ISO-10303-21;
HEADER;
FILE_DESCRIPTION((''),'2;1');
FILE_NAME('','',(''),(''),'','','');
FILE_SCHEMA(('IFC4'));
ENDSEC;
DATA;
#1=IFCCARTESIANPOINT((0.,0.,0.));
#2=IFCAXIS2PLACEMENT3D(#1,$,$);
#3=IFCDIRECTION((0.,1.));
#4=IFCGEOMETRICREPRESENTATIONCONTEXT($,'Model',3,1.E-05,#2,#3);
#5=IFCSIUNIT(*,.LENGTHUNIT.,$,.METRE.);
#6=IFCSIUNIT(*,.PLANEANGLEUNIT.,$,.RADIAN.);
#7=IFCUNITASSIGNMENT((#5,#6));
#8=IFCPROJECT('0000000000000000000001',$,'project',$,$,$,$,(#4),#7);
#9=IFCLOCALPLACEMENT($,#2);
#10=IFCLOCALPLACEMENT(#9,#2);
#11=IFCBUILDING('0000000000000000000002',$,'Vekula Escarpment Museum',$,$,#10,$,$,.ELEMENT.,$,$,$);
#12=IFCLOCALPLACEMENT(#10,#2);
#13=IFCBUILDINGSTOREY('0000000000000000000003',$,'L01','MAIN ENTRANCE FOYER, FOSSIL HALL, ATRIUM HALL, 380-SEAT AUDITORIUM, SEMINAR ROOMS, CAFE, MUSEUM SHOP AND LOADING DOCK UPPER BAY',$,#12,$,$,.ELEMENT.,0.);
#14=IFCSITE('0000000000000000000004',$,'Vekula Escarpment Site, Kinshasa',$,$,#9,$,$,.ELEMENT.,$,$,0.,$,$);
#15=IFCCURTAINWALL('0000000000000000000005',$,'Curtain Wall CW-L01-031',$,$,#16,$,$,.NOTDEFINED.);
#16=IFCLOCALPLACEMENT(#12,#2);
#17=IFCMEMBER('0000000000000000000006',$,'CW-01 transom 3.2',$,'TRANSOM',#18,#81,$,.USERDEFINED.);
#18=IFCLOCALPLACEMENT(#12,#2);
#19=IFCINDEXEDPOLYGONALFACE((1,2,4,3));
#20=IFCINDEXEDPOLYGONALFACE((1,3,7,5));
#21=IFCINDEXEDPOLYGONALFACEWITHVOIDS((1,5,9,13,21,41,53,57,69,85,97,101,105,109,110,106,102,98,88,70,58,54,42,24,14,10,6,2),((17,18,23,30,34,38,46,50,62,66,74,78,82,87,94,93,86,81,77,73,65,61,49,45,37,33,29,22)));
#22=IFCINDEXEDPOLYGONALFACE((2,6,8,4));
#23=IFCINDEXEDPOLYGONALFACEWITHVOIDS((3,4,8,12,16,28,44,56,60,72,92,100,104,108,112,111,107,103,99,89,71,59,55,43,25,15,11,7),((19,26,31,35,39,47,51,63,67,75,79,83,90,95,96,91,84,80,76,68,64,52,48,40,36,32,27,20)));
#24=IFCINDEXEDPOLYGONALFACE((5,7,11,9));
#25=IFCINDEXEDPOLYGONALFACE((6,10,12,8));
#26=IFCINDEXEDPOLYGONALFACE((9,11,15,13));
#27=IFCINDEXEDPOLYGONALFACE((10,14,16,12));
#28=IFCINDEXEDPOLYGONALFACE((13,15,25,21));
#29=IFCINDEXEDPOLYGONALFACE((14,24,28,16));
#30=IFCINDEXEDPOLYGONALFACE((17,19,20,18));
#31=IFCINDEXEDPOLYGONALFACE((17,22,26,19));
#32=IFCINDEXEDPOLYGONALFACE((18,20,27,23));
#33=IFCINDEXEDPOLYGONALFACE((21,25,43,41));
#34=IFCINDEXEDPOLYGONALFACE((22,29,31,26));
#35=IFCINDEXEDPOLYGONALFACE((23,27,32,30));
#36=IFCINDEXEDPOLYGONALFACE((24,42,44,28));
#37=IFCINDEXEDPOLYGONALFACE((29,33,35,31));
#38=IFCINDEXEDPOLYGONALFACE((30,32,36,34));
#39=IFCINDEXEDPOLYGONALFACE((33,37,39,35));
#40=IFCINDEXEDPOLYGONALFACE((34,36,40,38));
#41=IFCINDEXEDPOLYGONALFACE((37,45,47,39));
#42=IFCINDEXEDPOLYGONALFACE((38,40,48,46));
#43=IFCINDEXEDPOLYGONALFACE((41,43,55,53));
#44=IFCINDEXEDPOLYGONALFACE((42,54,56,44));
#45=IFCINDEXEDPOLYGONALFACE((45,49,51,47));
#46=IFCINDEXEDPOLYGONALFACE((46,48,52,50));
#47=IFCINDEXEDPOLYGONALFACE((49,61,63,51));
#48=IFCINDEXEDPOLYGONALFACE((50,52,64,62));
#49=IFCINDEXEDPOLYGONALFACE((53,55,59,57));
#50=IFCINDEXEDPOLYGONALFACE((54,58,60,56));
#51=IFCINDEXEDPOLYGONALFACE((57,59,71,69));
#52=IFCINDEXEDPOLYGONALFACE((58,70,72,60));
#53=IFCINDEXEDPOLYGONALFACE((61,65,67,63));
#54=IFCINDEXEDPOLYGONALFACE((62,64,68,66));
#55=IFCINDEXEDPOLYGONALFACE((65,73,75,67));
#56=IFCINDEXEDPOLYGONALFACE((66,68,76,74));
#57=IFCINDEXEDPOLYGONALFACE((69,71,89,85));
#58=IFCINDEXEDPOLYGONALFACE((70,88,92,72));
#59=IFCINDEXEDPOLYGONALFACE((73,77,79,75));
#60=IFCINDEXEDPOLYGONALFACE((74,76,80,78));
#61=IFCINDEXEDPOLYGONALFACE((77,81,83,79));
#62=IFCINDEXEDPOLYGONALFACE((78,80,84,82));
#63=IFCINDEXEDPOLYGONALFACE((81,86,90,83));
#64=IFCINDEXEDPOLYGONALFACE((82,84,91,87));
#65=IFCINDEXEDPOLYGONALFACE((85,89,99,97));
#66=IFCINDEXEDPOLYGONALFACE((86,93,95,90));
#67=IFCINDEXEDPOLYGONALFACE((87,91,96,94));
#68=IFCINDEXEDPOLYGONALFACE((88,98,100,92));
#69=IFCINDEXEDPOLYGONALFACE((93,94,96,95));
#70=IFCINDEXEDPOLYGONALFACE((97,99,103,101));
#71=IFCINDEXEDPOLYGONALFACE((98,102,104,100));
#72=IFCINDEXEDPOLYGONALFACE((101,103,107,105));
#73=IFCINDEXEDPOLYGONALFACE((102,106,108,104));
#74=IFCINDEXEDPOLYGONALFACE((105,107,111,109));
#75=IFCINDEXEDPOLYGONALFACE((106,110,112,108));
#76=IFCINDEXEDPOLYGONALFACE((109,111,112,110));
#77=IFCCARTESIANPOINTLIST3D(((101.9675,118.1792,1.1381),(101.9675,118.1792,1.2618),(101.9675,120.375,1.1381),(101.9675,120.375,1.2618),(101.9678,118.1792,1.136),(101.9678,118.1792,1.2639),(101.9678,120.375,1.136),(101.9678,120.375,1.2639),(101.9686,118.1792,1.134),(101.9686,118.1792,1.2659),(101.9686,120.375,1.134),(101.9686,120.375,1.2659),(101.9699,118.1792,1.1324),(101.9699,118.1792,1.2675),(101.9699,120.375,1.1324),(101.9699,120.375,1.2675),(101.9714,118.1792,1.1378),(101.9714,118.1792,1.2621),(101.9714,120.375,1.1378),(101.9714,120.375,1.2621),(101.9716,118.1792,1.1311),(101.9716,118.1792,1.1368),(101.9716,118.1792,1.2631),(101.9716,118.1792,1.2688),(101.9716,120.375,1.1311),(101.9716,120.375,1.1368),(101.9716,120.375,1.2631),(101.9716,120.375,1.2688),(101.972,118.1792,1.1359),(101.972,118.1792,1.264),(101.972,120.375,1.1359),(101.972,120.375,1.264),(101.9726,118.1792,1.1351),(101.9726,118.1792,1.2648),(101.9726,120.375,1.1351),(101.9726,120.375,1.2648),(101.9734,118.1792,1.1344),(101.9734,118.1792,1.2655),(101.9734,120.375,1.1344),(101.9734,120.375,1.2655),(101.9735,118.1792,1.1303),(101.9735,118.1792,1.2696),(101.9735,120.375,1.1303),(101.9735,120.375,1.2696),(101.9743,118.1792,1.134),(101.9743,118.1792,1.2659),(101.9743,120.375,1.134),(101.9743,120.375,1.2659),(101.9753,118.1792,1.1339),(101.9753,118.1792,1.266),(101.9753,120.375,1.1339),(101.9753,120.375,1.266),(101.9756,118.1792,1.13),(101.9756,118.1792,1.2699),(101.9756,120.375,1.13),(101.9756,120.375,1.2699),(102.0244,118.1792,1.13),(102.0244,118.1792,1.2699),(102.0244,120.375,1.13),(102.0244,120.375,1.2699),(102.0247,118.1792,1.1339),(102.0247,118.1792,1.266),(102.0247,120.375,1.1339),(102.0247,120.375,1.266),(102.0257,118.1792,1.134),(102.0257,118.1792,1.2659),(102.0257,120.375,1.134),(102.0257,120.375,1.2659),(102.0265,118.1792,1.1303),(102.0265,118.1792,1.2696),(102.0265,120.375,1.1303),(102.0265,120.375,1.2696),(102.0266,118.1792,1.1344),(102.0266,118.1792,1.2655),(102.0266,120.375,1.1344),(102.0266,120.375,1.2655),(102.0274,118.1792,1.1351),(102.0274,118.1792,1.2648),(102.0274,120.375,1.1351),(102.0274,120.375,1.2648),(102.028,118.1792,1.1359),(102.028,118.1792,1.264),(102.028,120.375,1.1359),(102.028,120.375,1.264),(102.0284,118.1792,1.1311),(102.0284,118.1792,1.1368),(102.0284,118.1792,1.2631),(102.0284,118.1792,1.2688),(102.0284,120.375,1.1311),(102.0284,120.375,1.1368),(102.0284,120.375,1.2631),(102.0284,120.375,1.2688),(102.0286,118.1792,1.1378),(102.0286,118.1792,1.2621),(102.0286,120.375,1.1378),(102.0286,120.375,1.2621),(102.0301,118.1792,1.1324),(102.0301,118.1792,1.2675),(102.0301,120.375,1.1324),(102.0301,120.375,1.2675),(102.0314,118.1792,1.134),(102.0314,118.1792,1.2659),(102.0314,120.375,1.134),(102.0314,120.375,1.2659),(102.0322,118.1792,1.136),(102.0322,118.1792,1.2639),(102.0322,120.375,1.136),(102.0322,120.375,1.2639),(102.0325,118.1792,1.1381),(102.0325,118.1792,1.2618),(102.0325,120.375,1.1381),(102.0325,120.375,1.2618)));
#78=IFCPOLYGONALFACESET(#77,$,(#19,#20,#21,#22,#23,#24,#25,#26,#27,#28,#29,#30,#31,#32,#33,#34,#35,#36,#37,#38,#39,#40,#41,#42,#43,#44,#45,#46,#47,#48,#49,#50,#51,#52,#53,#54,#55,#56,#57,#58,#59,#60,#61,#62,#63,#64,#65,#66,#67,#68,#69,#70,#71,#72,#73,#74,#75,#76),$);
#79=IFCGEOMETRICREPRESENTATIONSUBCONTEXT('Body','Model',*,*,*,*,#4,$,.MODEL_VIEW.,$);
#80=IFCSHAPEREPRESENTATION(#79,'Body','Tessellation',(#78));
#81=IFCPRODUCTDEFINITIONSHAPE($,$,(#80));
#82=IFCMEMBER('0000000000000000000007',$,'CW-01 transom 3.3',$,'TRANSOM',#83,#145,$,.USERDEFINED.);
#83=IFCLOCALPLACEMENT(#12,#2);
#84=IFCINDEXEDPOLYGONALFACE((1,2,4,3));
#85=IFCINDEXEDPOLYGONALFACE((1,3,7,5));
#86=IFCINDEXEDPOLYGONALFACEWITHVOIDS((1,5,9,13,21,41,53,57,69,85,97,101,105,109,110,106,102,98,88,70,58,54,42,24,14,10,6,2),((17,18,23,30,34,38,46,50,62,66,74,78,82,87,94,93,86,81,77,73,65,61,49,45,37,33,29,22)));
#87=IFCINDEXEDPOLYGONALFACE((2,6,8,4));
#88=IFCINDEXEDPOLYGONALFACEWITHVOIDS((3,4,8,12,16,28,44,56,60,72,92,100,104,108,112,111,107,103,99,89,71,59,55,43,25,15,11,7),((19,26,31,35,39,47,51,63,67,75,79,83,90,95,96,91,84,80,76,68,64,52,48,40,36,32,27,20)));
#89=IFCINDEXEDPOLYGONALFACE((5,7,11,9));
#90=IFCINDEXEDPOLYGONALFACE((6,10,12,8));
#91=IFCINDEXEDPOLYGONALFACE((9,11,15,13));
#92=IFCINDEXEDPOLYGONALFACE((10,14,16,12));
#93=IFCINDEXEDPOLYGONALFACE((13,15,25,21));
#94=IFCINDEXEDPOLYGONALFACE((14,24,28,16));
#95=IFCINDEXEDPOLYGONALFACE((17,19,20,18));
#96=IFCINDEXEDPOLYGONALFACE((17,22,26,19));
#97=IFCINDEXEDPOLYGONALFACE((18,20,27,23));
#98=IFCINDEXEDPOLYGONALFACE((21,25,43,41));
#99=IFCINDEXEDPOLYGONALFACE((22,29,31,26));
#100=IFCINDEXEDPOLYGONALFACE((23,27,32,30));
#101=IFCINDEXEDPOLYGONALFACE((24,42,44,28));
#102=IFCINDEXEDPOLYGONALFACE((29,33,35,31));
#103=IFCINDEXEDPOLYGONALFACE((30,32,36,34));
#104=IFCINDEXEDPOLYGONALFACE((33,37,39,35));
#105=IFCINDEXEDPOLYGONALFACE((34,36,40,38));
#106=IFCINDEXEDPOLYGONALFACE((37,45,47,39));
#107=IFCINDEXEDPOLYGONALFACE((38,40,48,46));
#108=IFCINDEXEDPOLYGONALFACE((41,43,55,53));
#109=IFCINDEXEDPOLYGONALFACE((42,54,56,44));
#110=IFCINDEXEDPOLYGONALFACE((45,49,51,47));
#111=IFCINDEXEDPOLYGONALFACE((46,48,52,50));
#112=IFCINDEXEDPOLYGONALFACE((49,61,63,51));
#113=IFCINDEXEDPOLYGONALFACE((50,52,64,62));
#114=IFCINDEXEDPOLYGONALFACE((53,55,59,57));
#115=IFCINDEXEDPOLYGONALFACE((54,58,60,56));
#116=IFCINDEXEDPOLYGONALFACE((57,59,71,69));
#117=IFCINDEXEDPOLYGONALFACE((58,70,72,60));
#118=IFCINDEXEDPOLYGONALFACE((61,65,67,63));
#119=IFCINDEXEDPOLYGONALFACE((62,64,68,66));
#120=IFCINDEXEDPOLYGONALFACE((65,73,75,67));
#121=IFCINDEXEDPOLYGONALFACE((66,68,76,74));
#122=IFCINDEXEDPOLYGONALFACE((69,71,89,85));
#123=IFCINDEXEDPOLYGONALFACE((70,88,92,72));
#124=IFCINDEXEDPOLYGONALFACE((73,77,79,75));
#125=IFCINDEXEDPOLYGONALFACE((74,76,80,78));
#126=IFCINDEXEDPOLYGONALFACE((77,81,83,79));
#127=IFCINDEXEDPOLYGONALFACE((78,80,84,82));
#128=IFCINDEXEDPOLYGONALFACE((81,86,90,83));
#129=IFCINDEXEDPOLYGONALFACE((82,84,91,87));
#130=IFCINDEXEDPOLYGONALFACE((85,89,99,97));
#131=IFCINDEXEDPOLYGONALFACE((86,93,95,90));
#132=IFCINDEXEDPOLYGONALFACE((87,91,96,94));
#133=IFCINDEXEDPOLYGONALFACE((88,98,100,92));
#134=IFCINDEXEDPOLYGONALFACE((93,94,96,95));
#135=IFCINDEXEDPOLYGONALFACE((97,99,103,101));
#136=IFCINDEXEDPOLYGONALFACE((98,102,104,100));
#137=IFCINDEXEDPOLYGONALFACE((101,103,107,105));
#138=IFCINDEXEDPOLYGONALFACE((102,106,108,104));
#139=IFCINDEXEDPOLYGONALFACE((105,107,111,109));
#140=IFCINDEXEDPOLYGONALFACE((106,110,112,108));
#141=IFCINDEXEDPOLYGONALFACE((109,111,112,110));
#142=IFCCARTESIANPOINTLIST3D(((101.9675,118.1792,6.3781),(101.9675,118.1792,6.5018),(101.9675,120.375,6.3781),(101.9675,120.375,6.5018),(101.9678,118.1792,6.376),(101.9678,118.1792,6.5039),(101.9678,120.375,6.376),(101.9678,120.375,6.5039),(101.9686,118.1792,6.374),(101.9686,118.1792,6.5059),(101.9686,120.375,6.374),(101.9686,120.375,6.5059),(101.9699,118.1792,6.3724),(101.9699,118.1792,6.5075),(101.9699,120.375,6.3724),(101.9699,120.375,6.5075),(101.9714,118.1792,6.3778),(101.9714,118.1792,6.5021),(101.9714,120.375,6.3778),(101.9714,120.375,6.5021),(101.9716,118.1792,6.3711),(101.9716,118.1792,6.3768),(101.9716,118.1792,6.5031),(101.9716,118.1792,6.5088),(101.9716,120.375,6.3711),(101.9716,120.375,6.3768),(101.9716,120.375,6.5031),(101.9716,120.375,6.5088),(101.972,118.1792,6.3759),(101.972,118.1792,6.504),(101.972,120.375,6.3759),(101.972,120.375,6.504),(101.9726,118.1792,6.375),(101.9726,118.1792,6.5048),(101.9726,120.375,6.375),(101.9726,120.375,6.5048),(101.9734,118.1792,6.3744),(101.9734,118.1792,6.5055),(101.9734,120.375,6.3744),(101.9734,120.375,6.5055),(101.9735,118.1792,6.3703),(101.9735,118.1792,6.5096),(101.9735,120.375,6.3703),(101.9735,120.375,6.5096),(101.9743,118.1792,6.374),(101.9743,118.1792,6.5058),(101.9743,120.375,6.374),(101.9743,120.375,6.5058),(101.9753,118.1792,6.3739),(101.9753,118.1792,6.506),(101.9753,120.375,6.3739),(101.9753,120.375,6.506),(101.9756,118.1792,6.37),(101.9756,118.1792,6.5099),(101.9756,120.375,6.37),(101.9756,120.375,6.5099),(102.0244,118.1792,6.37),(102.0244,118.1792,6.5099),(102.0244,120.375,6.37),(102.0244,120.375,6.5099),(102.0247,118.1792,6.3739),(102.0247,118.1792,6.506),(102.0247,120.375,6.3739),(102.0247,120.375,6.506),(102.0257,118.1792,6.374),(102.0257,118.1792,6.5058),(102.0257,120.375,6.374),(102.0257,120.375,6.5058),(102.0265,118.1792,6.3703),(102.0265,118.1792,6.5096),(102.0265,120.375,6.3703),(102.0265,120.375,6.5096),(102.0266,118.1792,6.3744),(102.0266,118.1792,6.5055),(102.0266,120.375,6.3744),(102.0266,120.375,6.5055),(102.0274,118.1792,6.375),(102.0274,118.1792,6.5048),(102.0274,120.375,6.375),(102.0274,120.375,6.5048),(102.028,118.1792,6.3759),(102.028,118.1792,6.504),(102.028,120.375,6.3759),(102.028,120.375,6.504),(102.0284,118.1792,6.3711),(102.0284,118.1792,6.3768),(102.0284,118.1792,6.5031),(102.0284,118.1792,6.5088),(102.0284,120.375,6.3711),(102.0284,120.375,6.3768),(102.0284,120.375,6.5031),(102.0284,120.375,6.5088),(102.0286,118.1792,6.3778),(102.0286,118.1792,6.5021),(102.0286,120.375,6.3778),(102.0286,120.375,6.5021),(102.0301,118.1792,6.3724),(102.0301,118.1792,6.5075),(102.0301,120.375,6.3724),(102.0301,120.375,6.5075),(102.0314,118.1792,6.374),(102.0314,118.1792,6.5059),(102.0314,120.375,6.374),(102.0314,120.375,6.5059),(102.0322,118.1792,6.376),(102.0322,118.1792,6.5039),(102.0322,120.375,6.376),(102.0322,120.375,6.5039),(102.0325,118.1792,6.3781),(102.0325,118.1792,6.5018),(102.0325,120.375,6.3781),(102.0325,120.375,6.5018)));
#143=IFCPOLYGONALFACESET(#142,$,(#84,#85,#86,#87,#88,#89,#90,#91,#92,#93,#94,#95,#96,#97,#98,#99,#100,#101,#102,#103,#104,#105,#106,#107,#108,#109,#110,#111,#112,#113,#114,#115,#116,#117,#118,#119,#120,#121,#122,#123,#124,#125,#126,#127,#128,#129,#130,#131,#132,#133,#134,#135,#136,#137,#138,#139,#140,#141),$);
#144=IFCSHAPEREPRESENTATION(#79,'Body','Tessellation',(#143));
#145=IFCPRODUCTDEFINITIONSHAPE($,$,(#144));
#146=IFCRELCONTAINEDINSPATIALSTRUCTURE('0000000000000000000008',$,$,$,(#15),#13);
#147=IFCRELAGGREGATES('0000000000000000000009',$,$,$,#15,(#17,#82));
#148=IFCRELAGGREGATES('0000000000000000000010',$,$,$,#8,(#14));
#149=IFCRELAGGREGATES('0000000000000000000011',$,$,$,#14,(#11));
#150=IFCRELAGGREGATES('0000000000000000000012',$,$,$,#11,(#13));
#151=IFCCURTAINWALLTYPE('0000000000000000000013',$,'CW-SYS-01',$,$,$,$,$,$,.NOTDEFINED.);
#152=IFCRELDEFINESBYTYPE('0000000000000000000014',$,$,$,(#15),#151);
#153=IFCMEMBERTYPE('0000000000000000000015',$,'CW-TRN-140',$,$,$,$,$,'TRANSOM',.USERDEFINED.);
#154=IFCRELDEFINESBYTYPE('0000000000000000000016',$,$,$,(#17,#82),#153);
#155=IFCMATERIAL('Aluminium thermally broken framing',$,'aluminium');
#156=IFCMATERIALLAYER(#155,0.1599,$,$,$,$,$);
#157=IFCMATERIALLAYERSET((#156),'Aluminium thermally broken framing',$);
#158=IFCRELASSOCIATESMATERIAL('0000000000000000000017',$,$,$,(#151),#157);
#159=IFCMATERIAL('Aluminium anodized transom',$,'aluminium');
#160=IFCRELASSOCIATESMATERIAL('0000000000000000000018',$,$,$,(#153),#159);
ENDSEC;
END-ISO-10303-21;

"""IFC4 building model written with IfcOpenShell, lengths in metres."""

from ifc_helpers import new_model, si_unit, direction, frame, origin, origin_2d, place, context, subcontext, project, spatial, hollow_rectangle, extrude, material, layer, layer_set, material_profile, profile_set, type_object, element, aggregate, save


model = new_model("IFC4")

# Units and contexts
model_context = context("Model", 3, precision=1e-05, world=origin(), true_north=direction((0.0, 1.0)))
body_context = subcontext(model_context, "Body", "Model", "MODEL_VIEW")
ifc_project = project(units=[si_unit("LENGTHUNIT", "METRE"), si_unit("PLANEANGLEUNIT", "RADIAN")], contexts=[model_context])

# Site, building, storey
site_placement = place(None, origin())
site = spatial("IfcSite", under=ifc_project, at=site_placement, Name="Vekula Escarpment Site, Kinshasa", CompositionType="ELEMENT", RefElevation=0.0)
building_placement = place(site_placement, origin())
building = spatial("IfcBuilding", under=site, at=building_placement, Name="Vekula Escarpment Museum", CompositionType="ELEMENT")
storey_placement = place(building_placement, origin())
storey = spatial("IfcBuildingStorey", under=building, at=storey_placement, Name="L01", Description="MAIN ENTRANCE FOYER, FOSSIL HALL, ATRIUM HALL, 380-SEAT AUDITORIUM, SEMINAR ROOMS, CAFE, MUSEUM SHOP AND LOADING DOCK UPPER BAY", CompositionType="ELEMENT", Elevation=0.0)

# Curtain wall, members
ifc_material_1 = material(Name="Aluminium thermally broken framing", Category="aluminium")
ifc_layer_1 = layer(ifc_material_1, 0.1599)
ifc_layer_set_1 = layer_set([ifc_layer_1], Name="Aluminium thermally broken framing")
curtain_wall_type = type_object("IfcCurtainWallType", Name="CW-SYS-01", PredefinedType="NOTDEFINED", material=ifc_layer_set_1)
curtain_wall_placement = place(storey_placement, origin())
curtain_wall = element("IfcCurtainWall", 1, at=curtain_wall_placement, inside=storey, type_object=curtain_wall_type, Name="Curtain Wall CW-L01-031", PredefinedType="NOTDEFINED")
ifc_material_2 = material(Name="Aluminium anodized transom", Category="aluminium")
ifc_material_profile_1 = material_profile(ifc_material_2, hollow_rectangle(XDim=0.0649, YDim=0.1399, WallThickness=0.0039, InnerFilletRadius=0.0039, OuterFilletRadius=0.0081, at=origin_2d()), Name="ALU 140x65x4")
ifc_profile_set_1 = profile_set([ifc_material_profile_1], Name="Aluminium anodized transom")
member_type_1 = type_object("IfcMemberType", Name="CW-TRN-140", ElementType="TRANSOM", PredefinedType="USERDEFINED", material=ifc_profile_set_1)
member_1_placement = place(storey_placement, frame((102.0, 118.1792, 1.2), z_axis=(0.0, 1.0, 0.0), x_axis=(-1.0, 0.0, 0.0)))
member_1 = element("IfcMember", 2, at=member_1_placement, type_object=member_type_1, Name="CW-01 transom 3.2", ObjectType="TRANSOM", PredefinedType="USERDEFINED", context=body_context, shape_type="SweptSolid", body=[
    extrude(hollow_rectangle(XDim=0.0649, YDim=0.1399, WallThickness=0.0039, InnerFilletRadius=0.0039, OuterFilletRadius=0.0081, at=origin_2d()), origin(), (0.0, 0.0, 1.0), 2.1958),
])
member_2_placement = place(storey_placement, frame((102.0, 118.1792, 6.4399), z_axis=(0.0, 1.0, 0.0), x_axis=(-1.0, 0.0, 0.0)))
member_2 = element("IfcMember", 3, at=member_2_placement, type_object=member_type_1, Name="CW-01 transom 3.3", ObjectType="TRANSOM", PredefinedType="USERDEFINED", context=body_context, shape_type="SweptSolid", body=[
    extrude(hollow_rectangle(XDim=0.0649, YDim=0.1399, WallThickness=0.0039, InnerFilletRadius=0.0039, OuterFilletRadius=0.0081, at=origin_2d()), origin(), (0.0, 0.0, 1.0), 2.1958),
])
aggregate(curtain_wall, [member_1, member_2])

save(model, "model.ifc")
